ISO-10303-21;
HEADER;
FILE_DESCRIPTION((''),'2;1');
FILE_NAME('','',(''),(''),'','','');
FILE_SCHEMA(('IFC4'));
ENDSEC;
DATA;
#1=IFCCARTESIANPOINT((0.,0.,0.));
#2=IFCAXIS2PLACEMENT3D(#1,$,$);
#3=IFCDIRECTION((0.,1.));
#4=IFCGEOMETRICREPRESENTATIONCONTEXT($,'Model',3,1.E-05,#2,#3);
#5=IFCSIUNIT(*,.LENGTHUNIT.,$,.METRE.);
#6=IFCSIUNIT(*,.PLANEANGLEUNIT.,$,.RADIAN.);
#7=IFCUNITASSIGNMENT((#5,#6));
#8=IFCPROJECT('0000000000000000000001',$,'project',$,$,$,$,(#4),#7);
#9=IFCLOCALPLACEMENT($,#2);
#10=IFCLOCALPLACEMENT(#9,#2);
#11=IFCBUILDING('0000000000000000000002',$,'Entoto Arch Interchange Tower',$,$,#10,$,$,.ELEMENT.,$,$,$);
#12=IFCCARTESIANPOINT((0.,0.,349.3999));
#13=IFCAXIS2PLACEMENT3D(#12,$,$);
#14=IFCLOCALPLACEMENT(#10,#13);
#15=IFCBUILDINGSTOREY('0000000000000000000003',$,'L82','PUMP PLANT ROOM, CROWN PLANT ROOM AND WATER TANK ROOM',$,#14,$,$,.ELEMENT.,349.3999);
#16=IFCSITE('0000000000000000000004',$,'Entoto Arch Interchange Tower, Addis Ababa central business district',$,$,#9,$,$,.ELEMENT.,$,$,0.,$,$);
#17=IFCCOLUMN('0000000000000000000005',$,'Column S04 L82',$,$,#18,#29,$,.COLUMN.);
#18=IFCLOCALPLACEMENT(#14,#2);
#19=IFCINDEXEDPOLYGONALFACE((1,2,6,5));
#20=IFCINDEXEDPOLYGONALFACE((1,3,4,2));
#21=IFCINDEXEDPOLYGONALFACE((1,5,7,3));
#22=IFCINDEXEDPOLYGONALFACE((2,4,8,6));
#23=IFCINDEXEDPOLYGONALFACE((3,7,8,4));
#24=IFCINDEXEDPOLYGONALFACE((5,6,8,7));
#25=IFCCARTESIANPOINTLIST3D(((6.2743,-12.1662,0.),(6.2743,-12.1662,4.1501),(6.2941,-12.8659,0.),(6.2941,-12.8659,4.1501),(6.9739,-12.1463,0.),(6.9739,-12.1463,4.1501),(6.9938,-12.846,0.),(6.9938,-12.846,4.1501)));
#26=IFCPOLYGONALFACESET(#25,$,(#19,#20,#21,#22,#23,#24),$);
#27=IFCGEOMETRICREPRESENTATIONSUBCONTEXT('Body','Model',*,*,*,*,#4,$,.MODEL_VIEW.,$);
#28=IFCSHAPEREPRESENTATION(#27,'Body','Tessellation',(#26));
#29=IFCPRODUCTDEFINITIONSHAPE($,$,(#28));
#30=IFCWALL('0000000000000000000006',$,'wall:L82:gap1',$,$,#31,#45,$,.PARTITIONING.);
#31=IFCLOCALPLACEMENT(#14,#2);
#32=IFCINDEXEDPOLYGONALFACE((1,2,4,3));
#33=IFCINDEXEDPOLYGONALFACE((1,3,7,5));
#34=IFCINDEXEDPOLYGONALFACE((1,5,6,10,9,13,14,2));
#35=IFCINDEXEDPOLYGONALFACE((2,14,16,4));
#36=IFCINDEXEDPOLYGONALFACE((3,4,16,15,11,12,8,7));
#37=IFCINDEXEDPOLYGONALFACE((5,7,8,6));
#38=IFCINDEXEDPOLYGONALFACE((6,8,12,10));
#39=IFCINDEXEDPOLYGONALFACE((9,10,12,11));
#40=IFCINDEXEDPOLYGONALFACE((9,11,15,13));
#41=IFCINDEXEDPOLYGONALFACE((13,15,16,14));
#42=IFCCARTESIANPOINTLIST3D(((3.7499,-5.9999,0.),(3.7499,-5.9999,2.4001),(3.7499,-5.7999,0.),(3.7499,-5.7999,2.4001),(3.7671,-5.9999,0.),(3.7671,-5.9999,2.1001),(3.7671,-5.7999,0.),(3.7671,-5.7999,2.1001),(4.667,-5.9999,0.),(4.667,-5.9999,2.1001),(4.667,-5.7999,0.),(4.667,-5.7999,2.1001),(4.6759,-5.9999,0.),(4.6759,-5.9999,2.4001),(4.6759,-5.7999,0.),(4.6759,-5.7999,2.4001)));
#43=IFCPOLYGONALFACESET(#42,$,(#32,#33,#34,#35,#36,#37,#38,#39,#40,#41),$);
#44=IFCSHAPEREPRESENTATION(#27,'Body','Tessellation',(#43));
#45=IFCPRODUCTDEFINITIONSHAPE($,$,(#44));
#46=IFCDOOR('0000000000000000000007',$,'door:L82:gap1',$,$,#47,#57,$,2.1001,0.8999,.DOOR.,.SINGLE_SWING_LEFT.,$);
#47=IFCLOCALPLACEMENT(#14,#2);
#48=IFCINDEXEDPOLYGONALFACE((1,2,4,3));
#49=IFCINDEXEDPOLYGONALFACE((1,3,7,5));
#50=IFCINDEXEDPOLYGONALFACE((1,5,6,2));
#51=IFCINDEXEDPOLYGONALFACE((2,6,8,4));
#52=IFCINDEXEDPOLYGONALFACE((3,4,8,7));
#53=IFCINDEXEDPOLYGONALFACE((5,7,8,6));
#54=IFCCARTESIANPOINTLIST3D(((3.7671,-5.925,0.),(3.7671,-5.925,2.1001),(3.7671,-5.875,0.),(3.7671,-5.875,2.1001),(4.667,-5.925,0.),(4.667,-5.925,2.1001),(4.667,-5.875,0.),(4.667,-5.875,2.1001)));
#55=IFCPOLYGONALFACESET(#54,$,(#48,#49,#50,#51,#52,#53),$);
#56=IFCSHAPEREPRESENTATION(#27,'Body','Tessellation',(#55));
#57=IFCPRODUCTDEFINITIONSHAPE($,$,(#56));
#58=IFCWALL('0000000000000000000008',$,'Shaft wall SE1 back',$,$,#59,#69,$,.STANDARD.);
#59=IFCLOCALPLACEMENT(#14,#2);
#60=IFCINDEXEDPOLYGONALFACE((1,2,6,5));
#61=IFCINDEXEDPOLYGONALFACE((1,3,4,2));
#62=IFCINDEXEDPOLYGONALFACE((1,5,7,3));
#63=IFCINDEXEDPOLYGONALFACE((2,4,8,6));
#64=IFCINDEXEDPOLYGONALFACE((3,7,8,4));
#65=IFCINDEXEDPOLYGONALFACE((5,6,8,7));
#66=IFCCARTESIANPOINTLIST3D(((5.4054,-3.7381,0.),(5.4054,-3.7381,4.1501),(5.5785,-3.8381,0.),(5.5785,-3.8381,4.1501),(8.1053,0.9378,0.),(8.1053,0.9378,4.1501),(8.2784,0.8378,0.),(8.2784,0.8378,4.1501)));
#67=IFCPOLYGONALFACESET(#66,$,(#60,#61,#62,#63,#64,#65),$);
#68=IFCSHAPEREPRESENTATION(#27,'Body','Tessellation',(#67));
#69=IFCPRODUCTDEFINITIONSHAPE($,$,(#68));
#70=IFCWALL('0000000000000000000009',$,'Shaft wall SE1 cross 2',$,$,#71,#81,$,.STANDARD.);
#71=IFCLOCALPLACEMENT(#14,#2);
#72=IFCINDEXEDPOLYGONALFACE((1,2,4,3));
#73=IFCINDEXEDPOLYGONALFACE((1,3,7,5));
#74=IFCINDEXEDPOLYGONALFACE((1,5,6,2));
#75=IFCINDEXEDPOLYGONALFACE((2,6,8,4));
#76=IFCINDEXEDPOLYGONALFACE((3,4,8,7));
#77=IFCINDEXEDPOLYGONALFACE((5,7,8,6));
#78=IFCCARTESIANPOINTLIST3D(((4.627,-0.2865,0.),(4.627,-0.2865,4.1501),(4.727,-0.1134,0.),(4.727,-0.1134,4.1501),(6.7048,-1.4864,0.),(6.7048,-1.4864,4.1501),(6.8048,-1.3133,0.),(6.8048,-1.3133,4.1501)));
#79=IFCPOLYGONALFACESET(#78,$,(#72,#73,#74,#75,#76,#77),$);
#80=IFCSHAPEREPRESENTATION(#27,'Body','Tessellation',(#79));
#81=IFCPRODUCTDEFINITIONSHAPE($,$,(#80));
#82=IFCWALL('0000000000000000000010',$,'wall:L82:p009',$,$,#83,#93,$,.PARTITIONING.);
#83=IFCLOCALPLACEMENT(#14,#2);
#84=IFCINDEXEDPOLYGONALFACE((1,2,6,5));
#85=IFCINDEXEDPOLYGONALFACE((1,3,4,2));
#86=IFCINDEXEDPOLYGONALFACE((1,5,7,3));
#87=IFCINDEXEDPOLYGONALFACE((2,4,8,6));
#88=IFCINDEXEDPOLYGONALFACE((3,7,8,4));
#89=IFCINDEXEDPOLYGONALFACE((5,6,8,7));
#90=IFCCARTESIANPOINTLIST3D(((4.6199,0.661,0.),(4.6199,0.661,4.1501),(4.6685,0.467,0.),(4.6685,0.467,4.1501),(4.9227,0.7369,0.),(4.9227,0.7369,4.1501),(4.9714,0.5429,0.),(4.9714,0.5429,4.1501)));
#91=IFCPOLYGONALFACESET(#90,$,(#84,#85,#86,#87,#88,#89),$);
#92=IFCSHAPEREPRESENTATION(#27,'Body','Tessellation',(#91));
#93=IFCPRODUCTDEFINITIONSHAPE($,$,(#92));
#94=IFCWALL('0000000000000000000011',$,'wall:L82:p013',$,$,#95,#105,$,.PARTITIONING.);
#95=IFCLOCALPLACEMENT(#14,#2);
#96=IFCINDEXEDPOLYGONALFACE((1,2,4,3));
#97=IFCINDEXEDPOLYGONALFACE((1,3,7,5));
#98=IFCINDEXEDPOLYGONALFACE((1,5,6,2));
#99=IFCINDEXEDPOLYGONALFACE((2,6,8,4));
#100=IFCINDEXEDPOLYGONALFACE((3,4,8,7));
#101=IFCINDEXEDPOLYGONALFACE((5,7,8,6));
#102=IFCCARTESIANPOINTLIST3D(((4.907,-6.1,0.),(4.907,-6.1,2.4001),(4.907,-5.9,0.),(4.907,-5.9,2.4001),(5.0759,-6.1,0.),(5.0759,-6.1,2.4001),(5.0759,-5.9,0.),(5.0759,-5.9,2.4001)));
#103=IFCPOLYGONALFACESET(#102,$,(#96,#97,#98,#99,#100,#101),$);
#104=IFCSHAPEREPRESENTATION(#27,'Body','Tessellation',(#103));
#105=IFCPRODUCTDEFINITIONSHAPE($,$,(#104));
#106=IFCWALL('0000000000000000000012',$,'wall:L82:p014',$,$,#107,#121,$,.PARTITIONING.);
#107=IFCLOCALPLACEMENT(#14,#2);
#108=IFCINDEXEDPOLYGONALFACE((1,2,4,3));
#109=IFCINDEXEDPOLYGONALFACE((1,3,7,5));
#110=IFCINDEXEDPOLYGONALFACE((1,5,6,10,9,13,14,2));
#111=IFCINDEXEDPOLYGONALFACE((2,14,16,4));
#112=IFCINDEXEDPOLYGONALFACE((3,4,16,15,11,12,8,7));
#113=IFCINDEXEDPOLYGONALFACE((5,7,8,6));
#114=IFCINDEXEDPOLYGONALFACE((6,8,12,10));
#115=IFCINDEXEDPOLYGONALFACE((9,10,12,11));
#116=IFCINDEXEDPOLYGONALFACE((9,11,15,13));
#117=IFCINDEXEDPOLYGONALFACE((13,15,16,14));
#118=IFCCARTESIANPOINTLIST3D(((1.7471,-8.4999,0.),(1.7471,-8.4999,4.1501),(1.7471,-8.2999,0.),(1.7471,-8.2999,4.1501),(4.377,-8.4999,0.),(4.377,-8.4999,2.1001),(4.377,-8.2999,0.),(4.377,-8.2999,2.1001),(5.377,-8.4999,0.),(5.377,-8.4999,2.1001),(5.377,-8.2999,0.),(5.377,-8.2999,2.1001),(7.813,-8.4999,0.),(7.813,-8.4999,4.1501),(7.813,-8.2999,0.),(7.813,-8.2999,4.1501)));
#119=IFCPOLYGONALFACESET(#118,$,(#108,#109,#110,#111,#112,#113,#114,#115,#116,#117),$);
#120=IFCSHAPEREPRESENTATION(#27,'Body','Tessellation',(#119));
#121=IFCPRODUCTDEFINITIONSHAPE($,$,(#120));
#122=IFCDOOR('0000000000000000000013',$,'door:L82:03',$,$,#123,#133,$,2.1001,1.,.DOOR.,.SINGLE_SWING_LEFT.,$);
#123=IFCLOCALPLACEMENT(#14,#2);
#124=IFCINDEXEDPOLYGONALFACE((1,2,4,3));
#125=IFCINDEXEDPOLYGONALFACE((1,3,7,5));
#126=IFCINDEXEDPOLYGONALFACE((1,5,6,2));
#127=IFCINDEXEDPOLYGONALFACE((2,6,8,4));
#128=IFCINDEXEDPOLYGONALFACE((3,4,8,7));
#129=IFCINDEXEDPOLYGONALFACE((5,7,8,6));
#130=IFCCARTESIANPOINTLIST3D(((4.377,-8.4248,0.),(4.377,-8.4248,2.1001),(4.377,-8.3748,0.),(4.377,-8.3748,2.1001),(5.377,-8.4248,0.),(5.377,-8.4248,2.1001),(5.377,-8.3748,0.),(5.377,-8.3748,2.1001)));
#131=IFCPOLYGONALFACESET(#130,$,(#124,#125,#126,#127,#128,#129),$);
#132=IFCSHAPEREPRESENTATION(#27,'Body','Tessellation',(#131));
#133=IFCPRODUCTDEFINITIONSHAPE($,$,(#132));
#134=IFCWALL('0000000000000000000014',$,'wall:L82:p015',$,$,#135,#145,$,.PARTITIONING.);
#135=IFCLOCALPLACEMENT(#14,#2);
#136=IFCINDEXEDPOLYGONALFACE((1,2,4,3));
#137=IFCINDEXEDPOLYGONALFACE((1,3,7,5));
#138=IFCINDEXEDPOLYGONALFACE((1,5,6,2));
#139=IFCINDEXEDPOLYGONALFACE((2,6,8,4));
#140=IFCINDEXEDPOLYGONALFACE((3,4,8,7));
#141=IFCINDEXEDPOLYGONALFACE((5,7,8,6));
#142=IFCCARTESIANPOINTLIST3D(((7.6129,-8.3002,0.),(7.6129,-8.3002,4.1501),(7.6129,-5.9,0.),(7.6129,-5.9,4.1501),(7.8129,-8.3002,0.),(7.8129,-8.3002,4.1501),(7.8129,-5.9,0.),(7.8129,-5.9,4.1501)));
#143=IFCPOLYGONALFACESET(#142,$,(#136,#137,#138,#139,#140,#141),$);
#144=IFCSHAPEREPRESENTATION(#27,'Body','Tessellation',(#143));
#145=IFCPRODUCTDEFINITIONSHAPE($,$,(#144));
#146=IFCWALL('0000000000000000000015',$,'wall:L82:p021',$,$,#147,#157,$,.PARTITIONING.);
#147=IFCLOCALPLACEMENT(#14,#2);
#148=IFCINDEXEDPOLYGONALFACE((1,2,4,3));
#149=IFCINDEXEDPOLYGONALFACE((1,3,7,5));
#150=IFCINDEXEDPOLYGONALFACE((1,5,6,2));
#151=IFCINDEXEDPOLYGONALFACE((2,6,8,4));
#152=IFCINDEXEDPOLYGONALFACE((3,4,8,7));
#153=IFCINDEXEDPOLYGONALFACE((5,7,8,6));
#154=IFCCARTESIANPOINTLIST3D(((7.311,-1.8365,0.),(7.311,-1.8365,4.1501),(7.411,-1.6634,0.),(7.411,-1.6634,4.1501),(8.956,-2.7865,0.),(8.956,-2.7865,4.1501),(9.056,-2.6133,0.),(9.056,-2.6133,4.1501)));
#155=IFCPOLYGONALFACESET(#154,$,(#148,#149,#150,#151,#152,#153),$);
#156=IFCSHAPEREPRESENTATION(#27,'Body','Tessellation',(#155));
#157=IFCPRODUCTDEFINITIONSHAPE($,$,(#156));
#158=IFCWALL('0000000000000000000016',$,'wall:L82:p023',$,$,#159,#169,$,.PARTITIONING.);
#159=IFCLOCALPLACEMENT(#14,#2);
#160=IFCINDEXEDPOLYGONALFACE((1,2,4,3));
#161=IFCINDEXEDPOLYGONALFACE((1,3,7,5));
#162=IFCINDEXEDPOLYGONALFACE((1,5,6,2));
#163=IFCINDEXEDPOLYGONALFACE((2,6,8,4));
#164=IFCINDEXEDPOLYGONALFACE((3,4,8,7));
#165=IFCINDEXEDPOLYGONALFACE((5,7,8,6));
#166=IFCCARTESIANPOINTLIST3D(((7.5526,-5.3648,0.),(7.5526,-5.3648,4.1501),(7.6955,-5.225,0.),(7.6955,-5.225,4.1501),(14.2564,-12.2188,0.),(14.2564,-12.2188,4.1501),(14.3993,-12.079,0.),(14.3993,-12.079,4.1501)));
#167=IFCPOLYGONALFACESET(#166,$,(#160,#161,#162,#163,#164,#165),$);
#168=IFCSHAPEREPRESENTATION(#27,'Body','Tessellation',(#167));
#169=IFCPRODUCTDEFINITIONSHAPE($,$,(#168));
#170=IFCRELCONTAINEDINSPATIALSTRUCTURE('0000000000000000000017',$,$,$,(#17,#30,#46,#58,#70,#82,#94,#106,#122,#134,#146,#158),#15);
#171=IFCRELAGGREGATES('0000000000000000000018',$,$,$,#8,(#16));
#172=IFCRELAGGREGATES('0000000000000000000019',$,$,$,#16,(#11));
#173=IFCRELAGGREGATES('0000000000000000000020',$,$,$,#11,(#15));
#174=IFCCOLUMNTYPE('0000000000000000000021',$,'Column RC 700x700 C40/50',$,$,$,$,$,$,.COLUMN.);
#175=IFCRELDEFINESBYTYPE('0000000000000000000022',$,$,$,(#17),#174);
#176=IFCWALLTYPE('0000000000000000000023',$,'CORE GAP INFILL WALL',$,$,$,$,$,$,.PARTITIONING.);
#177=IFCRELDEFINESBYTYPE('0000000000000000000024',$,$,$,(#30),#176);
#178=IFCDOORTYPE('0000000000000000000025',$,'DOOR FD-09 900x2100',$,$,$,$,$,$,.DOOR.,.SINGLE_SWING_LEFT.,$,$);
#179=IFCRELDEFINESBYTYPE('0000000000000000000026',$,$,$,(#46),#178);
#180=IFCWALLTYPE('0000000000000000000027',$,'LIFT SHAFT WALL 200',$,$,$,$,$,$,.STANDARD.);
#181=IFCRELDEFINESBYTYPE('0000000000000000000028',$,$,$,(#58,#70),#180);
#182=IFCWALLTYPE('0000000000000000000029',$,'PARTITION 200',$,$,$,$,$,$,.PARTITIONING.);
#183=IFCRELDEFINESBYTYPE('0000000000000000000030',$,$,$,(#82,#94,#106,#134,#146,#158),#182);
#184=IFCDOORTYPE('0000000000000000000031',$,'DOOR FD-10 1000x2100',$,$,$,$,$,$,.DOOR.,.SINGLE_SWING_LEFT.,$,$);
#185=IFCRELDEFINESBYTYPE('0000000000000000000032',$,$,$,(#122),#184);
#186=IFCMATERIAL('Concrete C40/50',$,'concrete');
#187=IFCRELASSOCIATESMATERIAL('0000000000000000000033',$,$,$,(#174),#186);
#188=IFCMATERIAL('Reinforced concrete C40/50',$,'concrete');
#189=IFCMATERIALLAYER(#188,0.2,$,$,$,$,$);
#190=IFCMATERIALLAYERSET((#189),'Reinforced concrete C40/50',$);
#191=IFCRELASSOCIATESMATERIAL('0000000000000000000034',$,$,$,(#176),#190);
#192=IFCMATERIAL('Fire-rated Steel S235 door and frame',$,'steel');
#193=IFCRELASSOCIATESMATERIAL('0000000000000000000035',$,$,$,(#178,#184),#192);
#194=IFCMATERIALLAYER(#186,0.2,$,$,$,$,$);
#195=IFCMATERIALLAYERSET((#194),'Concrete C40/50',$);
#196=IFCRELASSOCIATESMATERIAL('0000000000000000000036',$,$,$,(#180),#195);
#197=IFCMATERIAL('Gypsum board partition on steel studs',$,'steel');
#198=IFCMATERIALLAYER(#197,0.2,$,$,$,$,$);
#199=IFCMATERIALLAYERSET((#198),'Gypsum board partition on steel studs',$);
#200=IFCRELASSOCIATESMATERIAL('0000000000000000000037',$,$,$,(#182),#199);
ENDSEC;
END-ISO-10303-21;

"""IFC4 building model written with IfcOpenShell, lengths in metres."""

from ifc_helpers import new_model, si_unit, direction, frame, frame_2d, origin, origin_2d, place, context, subcontext, project, spatial, rectangle, extrude, material, layer, layer_set, material_profile, profile_set, type_object, element, fill, save


model = new_model("IFC4")

# Units and contexts
model_context = context("Model", 3, precision=1e-05, world=origin(), true_north=direction((0.0, 1.0)))
body_context = subcontext(model_context, "Body", "Model", "MODEL_VIEW")
ifc_project = project(units=[si_unit("LENGTHUNIT", "METRE"), si_unit("PLANEANGLEUNIT", "RADIAN")], contexts=[model_context])

# Site, building, storey
site_placement = place(None, origin())
site = spatial("IfcSite", under=ifc_project, at=site_placement, Name="Entoto Arch Interchange Tower, Addis Ababa central business district", CompositionType="ELEMENT", RefElevation=0.0)
building_placement = place(site_placement, origin())
building = spatial("IfcBuilding", under=site, at=building_placement, Name="Entoto Arch Interchange Tower", CompositionType="ELEMENT")
storey_placement = place(building_placement, frame((0.0, 0.0, 349.3999)))
storey = spatial("IfcBuildingStorey", under=building, at=storey_placement, Name="L82", Description="PUMP PLANT ROOM, CROWN PLANT ROOM AND WATER TANK ROOM", CompositionType="ELEMENT", Elevation=349.3999)

# Column
ifc_material_1 = material(Name="Concrete C40/50", Category="concrete")
ifc_material_profile = material_profile(ifc_material_1, rectangle(XDim=0.7, YDim=0.7, at=origin_2d()))
ifc_profile_set = profile_set([ifc_material_profile], Name="Concrete C40/50")
column_type = type_object("IfcColumnType", Name="Column RC 700x700 C40/50", PredefinedType="COLUMN", material=ifc_profile_set)
column_placement = place(storey_placement, frame((6.634, -12.5061, 0.0), z_axis=(0.0, 0.0, 1.0), x_axis=(0.999598, 0.028358, 0.0)))
element("IfcColumn", 1, at=column_placement, inside=storey, type_object=column_type, Name="Column S04 L82", PredefinedType="COLUMN", context=body_context, shape_type="SweptSolid", body=[
    extrude(rectangle(XDim=0.7, YDim=0.7, at=origin_2d()), origin(), (0.0, 0.0, 1.0), 4.1501),
])

# Wall, opening, door
ifc_material_2 = material(Name="Reinforced concrete C40/50", Category="concrete")
ifc_layer_1 = layer(ifc_material_2, 0.2)
ifc_layer_set_1 = layer_set([ifc_layer_1], Name="Reinforced concrete C40/50")
wall_type_1 = type_object("IfcWallType", Name="CORE GAP INFILL WALL", PredefinedType="PARTITIONING", material=ifc_layer_set_1)
wall_1_placement = place(storey_placement, frame((3.75, -5.8999, 0.0), z_axis=(0.0, 0.0, 1.0), x_axis=(1.0, 0.0, 0.0)))
wall_1 = element("IfcWall", 2, at=wall_1_placement, inside=storey, type_object=wall_type_1, Name="wall:L82:gap1", PredefinedType="PARTITIONING", context=body_context, shape_type="SweptSolid", body=[
    extrude(rectangle(XDim=0.926, YDim=0.2, at=frame_2d((0.4629, 0.0))), origin(), (0.0, 0.0, 1.0), 2.4001),
])
opening_1_placement = place(wall_1_placement, frame((0.0171, 0.0, 0.0)))
opening_1 = element("IfcOpeningElement", 3, at=opening_1_placement, cuts=wall_1, PredefinedType="OPENING", context=body_context, shape_type="SweptSolid", body=[
    extrude(rectangle(XDim=0.8999, YDim=2.1001, at=frame_2d((0.45, 1.05))), frame((0.0, 0.1099, 0.0), z_axis=(0.0, -1.0, 0.0), x_axis=(1.0, 0.0, 0.0)), (0.0, 0.0, 1.0), 0.22),
])
ifc_material_3 = material(Name="Fire-rated Steel S235 door and frame", Category="steel")
door_type_1 = type_object("IfcDoorType", Name="DOOR FD-09 900x2100", OperationType="SINGLE_SWING_LEFT", PredefinedType="DOOR", material=ifc_material_3)
door_1_placement = place(opening_1_placement, origin())
door_1 = element("IfcDoor", 4, at=door_1_placement, inside=storey, type_object=door_type_1, Name="door:L82:gap1", OperationType="SINGLE_SWING_LEFT", OverallHeight=2.1001, OverallWidth=0.8999, PredefinedType="DOOR", context=body_context, shape_type="SweptSolid", body=[
    extrude(rectangle(XDim=0.8999, YDim=2.1001, at=frame_2d((0.45, 1.05))), frame((0.0, 0.0249, 0.0), z_axis=(0.0, -1.0, 0.0), x_axis=(1.0, 0.0, 0.0)), (0.0, 0.0, 1.0), 0.05),
])
fill(opening_1, door_1)

# Walls
ifc_layer_2 = layer(ifc_material_1, 0.2)
ifc_layer_set_2 = layer_set([ifc_layer_2], Name="Concrete C40/50")
wall_type_2 = type_object("IfcWallType", Name="LIFT SHAFT WALL 200", PredefinedType="STANDARD", material=ifc_layer_set_2)
wall_2_placement = place(storey_placement, frame((5.4919, -3.7881, 0.0), z_axis=(0.0, 0.0, 1.0), x_axis=(0.500034, 0.866006, 0.0)))
element("IfcWall", 5, at=wall_2_placement, inside=storey, type_object=wall_type_2, Name="Shaft wall SE1 back", PredefinedType="STANDARD", context=body_context, shape_type="SweptSolid", body=[
    extrude(rectangle(XDim=5.3994, YDim=0.2, at=frame_2d((2.6997, 0.0))), origin(), (0.0, 0.0, 1.0), 4.1501),
])
wall_3_placement = place(storey_placement, frame((4.677, -0.2, 0.0), z_axis=(0.0, 0.0, 1.0), x_axis=(0.865974, -0.500089, 0.0)))
element("IfcWall", 6, at=wall_3_placement, inside=storey, type_object=wall_type_2, Name="Shaft wall SE1 cross 2", PredefinedType="STANDARD", context=body_context, shape_type="SweptSolid", body=[
    extrude(rectangle(XDim=2.3994, YDim=0.2, at=frame_2d((1.1997, 0.0))), origin(), (0.0, 0.0, 1.0), 4.1501),
])
ifc_material_4 = material(Name="Gypsum board partition on steel studs", Category="steel")
ifc_layer_3 = layer(ifc_material_4, 0.2)
ifc_layer_set_3 = layer_set([ifc_layer_3], Name="Gypsum board partition on steel studs")
wall_type_3 = type_object("IfcWallType", Name="PARTITION 200", PredefinedType="PARTITIONING", material=ifc_layer_set_3)
wall_4_placement = place(storey_placement, frame((4.644, 0.564, 0.0), z_axis=(0.0, 0.0, 1.0), x_axis=(0.970004, 0.243087, 0.0)))
element("IfcWall", 7, at=wall_4_placement, inside=storey, type_object=wall_type_3, Name="wall:L82:p009", PredefinedType="PARTITIONING", context=body_context, shape_type="SweptSolid", body=[
    extrude(rectangle(XDim=0.3123, YDim=0.2, at=frame_2d((0.1562, 0.0))), origin(), (0.0, 0.0, 1.0), 4.1501),
])
wall_5_placement = place(storey_placement, frame((4.907, -6.0, 0.0), z_axis=(0.0, 0.0, 1.0), x_axis=(1.0, 0.0, 0.0)))
element("IfcWall", 8, at=wall_5_placement, inside=storey, type_object=wall_type_3, Name="wall:L82:p013", PredefinedType="PARTITIONING", context=body_context, shape_type="SweptSolid", body=[
    extrude(rectangle(XDim=0.1689, YDim=0.2, at=frame_2d((0.0845, 0.0))), origin(), (0.0, 0.0, 1.0), 2.4001),
])

# Wall, opening, door
wall_6_placement = place(storey_placement, frame((7.813, -8.3999, 0.0), z_axis=(0.0, 0.0, 1.0), x_axis=(-1.0, 0.0, 0.0)))
wall_6 = element("IfcWall", 9, at=wall_6_placement, inside=storey, type_object=wall_type_3, Name="wall:L82:p014", PredefinedType="PARTITIONING", context=body_context, shape_type="SweptSolid", body=[
    extrude(rectangle(XDim=6.0659, YDim=0.2, at=frame_2d((3.033, 0.0))), origin(), (0.0, 0.0, 1.0), 4.1501),
])
opening_2_placement = place(wall_6_placement, frame((2.436, 0.0, 0.0)))
opening_2 = element("IfcOpeningElement", 10, at=opening_2_placement, cuts=wall_6, PredefinedType="OPENING", context=body_context, shape_type="SweptSolid", body=[
    extrude(rectangle(XDim=1.0, YDim=2.1001, at=frame_2d((0.5, 1.05))), frame((0.0, 0.1099, 0.0), z_axis=(0.0, -1.0, 0.0), x_axis=(1.0, 0.0, 0.0)), (0.0, 0.0, 1.0), 0.22),
])
door_type_2 = type_object("IfcDoorType", Name="DOOR FD-10 1000x2100", OperationType="SINGLE_SWING_LEFT", PredefinedType="DOOR", material=ifc_material_3)
door_2_placement = place(opening_2_placement, origin())
door_2 = element("IfcDoor", 11, at=door_2_placement, inside=storey, type_object=door_type_2, Name="door:L82:03", OperationType="SINGLE_SWING_LEFT", OverallHeight=2.1001, OverallWidth=1.0, PredefinedType="DOOR", context=body_context, shape_type="SweptSolid", body=[
    extrude(rectangle(XDim=1.0, YDim=2.1001, at=frame_2d((0.5, 1.05))), frame((0.0, 0.0249, 0.0), z_axis=(0.0, -1.0, 0.0), x_axis=(1.0, 0.0, 0.0)), (0.0, 0.0, 1.0), 0.05),
])
fill(opening_2, door_2)

# Walls
wall_7_placement = place(storey_placement, frame((7.7129, -5.8999, 0.0), z_axis=(0.0, 0.0, 1.0), x_axis=(0.0, -1.0, 0.0)))
element("IfcWall", 12, at=wall_7_placement, inside=storey, type_object=wall_type_3, Name="wall:L82:p015", PredefinedType="PARTITIONING", context=body_context, shape_type="SweptSolid", body=[
    extrude(rectangle(XDim=2.4001, YDim=0.2, at=frame_2d((1.2002, 0.0))), origin(), (0.0, 0.0, 1.0), 4.1501),
])
wall_8_placement = place(storey_placement, frame((7.3611, -1.75, 0.0), z_axis=(0.0, 0.0, 1.0), x_axis=(0.86598, -0.500078, 0.0)))
element("IfcWall", 13, at=wall_8_placement, inside=storey, type_object=wall_type_3, Name="wall:L82:p021", PredefinedType="PARTITIONING", context=body_context, shape_type="SweptSolid", body=[
    extrude(rectangle(XDim=1.8997, YDim=0.2, at=frame_2d((0.9497, 0.0))), origin(), (0.0, 0.0, 1.0), 4.1501),
])
wall_9_placement = place(storey_placement, frame((7.624, -5.2949, 0.0), z_axis=(0.0, 0.0, 1.0), x_axis=(0.699233, -0.714894, 0.0)))
element("IfcWall", 14, at=wall_9_placement, inside=storey, type_object=wall_type_3, Name="wall:L82:p023", PredefinedType="PARTITIONING", context=body_context, shape_type="SweptSolid", body=[
    extrude(rectangle(XDim=9.5874, YDim=0.2, at=frame_2d((4.7937, 0.0))), origin(), (0.0, 0.0, 1.0), 4.1501),
])

save(model, "model.ifc")
